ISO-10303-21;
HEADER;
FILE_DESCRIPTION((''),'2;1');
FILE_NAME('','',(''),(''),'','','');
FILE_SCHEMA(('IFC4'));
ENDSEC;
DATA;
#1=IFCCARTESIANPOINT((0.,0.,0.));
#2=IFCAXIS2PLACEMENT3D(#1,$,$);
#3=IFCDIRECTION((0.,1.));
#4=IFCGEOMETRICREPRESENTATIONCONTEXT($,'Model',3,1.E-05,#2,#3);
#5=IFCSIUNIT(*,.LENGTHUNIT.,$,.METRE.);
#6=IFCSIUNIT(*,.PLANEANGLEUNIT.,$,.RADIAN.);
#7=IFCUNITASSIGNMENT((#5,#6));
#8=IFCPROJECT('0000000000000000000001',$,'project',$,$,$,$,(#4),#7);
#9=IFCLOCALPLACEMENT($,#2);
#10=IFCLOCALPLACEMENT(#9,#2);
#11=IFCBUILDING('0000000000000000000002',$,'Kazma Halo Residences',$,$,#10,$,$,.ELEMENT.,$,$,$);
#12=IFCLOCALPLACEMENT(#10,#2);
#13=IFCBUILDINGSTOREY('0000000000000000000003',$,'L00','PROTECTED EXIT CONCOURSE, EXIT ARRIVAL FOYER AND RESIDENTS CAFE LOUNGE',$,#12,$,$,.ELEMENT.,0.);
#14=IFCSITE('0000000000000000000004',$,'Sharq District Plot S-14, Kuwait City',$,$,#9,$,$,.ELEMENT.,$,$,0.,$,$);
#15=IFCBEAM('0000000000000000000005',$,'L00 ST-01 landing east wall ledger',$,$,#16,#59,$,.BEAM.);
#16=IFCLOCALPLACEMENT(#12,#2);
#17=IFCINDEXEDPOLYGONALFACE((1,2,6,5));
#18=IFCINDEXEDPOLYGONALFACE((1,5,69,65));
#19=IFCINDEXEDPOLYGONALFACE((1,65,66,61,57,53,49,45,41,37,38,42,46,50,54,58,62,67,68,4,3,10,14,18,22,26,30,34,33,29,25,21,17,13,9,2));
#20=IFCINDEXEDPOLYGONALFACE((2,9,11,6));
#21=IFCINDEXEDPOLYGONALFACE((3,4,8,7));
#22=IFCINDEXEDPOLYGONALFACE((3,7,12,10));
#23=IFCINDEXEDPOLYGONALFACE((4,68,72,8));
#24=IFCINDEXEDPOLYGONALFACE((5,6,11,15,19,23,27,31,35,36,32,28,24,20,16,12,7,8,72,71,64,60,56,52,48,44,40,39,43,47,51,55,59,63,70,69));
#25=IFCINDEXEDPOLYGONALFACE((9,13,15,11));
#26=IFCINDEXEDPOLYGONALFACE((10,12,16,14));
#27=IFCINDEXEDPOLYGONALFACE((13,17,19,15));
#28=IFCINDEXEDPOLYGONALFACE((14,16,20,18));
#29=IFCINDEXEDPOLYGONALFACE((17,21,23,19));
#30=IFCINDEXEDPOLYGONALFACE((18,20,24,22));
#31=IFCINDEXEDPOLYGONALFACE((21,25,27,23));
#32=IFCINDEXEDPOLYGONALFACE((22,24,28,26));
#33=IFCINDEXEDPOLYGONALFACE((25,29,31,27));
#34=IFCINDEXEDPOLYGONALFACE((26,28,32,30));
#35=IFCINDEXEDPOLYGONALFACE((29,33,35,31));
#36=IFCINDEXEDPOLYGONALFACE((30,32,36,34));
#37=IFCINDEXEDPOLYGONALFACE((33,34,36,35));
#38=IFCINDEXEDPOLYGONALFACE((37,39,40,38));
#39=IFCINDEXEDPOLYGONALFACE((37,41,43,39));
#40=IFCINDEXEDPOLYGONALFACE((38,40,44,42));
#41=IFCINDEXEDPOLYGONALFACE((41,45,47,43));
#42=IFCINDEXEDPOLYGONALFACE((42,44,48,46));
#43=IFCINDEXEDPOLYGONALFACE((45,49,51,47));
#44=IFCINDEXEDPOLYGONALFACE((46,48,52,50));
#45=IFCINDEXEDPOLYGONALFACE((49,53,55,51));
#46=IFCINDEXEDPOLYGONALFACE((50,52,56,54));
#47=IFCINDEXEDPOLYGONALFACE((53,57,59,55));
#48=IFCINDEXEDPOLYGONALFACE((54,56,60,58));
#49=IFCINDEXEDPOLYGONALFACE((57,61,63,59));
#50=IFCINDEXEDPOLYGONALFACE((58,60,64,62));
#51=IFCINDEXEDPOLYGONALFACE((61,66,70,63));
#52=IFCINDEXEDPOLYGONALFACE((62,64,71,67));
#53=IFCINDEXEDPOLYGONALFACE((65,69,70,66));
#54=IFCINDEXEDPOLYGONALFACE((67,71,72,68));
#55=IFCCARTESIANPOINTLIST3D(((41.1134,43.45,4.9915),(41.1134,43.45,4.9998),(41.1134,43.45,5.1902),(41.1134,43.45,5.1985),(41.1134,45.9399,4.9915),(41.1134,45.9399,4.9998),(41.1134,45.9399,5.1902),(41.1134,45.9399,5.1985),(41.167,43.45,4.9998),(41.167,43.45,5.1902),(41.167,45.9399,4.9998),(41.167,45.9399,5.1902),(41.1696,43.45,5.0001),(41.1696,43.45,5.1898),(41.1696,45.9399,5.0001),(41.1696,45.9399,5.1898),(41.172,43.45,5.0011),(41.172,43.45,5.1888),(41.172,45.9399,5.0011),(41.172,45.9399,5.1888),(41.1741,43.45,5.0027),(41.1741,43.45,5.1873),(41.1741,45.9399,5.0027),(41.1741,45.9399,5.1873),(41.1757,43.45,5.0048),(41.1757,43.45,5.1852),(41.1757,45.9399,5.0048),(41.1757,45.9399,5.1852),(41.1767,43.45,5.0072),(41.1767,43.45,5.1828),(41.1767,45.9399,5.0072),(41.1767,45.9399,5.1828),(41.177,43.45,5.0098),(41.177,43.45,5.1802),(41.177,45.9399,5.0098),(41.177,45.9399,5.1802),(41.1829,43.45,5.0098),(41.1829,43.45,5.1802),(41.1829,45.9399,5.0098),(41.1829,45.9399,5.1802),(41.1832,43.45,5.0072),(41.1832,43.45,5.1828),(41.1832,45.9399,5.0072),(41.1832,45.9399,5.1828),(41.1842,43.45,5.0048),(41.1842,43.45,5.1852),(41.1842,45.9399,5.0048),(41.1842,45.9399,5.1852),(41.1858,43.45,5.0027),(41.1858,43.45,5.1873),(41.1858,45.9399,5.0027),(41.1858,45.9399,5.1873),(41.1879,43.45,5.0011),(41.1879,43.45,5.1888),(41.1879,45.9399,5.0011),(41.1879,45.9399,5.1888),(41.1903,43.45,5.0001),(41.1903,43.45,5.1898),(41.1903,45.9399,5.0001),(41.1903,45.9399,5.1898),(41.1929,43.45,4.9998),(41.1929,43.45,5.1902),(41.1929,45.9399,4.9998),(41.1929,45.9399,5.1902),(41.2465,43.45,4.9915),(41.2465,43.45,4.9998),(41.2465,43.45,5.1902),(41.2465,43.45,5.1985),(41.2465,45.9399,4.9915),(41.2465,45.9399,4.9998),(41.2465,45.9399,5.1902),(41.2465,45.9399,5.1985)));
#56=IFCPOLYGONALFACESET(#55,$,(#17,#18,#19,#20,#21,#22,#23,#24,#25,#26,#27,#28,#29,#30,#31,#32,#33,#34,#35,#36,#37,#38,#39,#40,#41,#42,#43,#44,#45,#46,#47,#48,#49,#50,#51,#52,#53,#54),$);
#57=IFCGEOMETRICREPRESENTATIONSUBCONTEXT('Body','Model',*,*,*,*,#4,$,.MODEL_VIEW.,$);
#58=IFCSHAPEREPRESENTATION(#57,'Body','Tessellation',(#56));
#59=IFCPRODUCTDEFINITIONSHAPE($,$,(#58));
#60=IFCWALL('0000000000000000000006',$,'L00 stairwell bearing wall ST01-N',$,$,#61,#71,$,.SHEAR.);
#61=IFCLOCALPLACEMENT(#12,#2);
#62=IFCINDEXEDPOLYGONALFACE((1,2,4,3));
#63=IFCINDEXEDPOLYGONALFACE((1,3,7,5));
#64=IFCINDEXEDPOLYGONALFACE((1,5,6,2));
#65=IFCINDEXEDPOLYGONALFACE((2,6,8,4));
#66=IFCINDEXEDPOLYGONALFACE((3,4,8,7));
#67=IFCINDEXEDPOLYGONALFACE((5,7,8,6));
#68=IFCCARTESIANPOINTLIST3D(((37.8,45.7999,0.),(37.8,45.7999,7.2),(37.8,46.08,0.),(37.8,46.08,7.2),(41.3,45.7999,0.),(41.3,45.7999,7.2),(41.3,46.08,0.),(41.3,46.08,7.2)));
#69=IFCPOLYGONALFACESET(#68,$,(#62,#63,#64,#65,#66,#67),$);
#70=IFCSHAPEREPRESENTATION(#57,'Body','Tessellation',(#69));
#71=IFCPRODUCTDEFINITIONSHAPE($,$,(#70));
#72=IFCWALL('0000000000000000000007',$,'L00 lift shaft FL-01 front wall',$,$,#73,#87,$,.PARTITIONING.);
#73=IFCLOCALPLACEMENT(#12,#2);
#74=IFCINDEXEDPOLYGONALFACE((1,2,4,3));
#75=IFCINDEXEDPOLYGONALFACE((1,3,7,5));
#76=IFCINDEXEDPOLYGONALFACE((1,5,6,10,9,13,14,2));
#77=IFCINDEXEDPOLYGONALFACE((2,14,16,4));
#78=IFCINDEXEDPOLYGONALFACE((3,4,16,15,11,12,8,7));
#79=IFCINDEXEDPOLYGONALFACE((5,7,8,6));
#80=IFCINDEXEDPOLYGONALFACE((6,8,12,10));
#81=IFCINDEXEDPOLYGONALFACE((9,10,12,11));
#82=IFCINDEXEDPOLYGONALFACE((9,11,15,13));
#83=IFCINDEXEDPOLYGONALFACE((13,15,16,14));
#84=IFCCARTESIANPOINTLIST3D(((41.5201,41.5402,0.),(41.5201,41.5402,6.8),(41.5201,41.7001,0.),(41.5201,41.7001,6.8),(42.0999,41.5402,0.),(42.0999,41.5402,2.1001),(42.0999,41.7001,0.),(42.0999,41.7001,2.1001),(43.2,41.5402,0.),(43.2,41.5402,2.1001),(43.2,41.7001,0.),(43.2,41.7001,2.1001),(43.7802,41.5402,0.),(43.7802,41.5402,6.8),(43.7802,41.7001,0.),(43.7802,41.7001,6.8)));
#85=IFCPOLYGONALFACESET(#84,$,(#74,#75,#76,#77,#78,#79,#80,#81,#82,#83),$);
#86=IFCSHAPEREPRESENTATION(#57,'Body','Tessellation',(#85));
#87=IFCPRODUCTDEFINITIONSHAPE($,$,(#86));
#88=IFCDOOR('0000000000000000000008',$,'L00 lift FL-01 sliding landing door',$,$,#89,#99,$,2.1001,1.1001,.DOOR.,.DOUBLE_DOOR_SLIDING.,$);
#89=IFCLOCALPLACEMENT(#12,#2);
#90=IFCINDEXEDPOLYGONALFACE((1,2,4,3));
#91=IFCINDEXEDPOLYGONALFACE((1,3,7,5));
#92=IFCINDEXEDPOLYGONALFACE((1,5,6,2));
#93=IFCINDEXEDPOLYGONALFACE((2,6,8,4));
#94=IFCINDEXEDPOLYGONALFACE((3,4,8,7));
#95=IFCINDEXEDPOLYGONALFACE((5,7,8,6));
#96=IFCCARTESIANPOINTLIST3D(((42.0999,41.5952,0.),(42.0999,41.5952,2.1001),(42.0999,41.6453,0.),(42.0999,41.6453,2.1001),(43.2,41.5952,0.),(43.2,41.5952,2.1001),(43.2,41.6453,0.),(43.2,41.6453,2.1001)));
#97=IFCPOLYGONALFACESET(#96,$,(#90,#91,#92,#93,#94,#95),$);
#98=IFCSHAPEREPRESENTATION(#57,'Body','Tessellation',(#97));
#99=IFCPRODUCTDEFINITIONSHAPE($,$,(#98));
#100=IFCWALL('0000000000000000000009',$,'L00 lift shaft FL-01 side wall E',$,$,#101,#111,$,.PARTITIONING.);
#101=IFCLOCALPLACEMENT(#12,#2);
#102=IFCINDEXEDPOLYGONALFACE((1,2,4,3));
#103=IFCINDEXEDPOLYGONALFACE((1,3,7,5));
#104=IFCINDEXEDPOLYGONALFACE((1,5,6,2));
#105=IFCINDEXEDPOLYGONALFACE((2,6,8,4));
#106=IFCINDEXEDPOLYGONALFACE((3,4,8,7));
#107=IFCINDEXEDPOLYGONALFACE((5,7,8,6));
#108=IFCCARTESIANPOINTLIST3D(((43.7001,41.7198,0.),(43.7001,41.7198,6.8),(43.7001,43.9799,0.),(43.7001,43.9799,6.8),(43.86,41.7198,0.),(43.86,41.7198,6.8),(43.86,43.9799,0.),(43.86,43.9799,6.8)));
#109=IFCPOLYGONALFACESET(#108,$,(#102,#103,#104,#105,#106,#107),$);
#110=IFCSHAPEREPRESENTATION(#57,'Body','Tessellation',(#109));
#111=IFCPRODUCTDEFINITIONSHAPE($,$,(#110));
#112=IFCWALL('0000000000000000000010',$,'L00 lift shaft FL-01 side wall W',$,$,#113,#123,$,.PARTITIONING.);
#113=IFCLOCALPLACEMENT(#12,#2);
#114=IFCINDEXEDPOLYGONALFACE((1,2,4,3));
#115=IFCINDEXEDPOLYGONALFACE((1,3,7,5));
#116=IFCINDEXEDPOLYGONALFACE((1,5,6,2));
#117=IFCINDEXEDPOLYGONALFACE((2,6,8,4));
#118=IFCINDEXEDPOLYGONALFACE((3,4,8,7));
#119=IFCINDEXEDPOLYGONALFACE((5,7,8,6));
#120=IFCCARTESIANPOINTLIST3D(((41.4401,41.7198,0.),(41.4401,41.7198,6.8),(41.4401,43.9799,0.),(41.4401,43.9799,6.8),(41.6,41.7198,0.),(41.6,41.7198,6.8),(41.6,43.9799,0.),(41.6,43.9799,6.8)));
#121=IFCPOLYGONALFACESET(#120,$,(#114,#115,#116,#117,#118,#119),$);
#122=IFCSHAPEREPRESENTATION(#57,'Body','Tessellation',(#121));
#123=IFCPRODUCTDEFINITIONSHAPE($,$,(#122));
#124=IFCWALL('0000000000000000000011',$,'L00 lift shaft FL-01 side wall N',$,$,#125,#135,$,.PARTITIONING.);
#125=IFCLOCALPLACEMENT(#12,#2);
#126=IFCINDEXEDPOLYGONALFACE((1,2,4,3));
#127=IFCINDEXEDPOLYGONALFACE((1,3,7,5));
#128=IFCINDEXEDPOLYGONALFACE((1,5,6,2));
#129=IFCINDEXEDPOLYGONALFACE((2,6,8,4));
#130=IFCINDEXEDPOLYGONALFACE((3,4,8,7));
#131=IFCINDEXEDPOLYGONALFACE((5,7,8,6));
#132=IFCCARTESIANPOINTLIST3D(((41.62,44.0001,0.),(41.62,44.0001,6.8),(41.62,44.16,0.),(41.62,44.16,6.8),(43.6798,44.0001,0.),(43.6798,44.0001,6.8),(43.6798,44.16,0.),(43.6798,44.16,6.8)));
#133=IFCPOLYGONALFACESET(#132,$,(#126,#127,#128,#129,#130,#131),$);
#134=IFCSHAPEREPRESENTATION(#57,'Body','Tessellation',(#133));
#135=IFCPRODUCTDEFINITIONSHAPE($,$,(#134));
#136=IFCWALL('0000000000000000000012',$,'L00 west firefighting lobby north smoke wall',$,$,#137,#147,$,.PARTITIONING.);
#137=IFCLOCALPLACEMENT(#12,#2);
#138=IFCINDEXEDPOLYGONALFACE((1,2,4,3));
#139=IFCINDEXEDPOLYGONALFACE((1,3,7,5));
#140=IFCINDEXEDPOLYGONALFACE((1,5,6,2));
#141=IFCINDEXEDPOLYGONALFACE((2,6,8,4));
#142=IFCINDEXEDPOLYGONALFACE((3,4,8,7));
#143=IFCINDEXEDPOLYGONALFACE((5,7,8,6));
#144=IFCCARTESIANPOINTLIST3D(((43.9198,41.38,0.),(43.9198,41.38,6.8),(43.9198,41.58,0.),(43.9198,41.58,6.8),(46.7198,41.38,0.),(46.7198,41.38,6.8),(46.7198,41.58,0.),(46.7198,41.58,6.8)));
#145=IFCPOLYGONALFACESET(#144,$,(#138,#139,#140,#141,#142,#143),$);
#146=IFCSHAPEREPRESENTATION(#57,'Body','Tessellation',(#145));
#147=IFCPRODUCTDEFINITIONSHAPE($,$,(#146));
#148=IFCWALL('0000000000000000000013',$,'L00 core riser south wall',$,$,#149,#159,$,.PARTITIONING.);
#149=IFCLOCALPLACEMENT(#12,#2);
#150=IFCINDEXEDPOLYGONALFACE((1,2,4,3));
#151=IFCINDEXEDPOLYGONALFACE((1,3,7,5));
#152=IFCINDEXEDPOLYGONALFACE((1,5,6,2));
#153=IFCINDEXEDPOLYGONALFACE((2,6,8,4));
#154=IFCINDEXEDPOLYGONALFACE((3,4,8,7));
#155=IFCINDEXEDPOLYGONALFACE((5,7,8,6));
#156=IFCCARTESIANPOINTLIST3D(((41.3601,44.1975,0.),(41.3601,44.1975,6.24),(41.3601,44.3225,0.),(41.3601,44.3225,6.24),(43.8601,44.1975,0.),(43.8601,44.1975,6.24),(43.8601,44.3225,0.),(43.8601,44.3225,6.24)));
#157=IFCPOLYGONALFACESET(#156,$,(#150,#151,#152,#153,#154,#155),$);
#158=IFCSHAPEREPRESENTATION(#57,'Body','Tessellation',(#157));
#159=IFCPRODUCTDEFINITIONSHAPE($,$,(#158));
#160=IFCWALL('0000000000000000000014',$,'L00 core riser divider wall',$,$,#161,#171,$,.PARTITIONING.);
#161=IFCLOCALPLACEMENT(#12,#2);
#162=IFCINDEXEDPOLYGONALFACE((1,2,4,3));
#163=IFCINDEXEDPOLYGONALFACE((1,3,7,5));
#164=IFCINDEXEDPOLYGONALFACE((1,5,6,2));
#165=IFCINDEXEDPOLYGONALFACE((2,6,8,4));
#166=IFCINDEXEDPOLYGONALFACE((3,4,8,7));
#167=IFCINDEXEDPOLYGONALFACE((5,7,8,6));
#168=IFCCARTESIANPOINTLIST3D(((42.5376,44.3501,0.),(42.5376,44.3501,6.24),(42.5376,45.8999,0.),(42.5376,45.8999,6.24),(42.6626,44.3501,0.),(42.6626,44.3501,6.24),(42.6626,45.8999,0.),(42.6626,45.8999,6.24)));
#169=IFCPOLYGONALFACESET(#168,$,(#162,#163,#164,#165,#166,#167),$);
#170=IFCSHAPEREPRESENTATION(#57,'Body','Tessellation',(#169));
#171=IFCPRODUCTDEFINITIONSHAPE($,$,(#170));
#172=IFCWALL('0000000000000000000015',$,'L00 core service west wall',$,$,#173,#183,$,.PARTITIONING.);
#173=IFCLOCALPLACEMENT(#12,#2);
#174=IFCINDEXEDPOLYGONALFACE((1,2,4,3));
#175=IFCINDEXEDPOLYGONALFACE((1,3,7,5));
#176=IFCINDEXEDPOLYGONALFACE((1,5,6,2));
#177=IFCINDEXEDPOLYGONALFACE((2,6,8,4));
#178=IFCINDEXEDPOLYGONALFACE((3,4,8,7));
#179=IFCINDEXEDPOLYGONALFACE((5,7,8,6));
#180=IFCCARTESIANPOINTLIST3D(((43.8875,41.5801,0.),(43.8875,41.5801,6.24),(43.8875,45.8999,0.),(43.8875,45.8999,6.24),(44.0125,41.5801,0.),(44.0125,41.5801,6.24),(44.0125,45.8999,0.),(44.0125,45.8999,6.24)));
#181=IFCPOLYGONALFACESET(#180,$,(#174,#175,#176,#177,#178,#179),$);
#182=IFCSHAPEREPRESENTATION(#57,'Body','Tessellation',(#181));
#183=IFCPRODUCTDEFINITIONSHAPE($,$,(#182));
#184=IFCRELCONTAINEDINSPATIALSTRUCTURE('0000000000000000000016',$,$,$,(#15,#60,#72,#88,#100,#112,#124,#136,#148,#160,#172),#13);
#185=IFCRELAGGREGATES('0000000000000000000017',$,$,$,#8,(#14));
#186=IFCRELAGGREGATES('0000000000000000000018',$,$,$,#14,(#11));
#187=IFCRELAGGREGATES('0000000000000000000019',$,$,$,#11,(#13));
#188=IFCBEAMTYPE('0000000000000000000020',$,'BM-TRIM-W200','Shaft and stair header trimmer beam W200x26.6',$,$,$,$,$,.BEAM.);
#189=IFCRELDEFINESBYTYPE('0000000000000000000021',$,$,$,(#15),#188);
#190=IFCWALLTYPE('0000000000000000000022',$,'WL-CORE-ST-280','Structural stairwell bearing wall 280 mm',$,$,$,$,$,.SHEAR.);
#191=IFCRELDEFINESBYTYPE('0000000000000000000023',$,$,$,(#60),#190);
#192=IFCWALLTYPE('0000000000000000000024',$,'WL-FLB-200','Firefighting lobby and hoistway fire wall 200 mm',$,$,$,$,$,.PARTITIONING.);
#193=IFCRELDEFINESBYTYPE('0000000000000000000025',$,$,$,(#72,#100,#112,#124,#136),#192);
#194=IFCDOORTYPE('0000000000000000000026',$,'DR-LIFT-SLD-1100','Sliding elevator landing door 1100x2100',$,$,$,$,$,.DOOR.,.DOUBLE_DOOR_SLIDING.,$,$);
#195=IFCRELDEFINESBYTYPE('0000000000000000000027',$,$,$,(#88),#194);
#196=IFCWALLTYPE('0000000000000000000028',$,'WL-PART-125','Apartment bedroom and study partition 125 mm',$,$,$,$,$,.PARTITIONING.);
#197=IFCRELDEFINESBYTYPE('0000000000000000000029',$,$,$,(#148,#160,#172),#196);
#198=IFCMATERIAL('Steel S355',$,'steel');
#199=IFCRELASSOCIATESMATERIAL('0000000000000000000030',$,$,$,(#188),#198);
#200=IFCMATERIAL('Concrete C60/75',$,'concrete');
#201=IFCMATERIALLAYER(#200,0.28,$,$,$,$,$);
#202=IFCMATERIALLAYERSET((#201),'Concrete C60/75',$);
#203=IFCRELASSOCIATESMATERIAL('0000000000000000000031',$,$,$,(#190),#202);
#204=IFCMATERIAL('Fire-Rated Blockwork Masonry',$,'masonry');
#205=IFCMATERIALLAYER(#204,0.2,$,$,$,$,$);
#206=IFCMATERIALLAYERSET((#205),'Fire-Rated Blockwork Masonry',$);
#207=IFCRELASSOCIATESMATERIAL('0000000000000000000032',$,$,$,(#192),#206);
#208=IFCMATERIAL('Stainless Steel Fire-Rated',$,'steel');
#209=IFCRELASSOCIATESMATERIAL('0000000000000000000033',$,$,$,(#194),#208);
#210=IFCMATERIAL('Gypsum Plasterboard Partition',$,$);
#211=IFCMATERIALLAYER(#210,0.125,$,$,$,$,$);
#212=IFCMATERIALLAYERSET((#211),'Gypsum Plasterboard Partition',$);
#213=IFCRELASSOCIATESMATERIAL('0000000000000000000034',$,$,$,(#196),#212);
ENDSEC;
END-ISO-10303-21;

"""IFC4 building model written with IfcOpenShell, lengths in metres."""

from ifc_helpers import new_model, si_unit, direction, frame, frame_2d, origin, origin_2d, place, context, subcontext, project, spatial, rectangle, i_section, extrude, material, layer, layer_set, material_profile, profile_set, type_object, element, fill, save


model = new_model("IFC4")

# Units and contexts
model_context = context("Model", 3, precision=1e-05, world=origin(), true_north=direction((0.0, 1.0)))
body_context = subcontext(model_context, "Body", "Model", "MODEL_VIEW")
ifc_project = project(units=[si_unit("LENGTHUNIT", "METRE"), si_unit("PLANEANGLEUNIT", "RADIAN")], contexts=[model_context])

# Site, building, storey
site_placement = place(None, origin())
site = spatial("IfcSite", under=ifc_project, at=site_placement, Name="Sharq District Plot S-14, Kuwait City", CompositionType="ELEMENT", RefElevation=0.0)
building_placement = place(site_placement, origin())
building = spatial("IfcBuilding", under=site, at=building_placement, Name="Kazma Halo Residences", CompositionType="ELEMENT")
storey_placement = place(building_placement, origin())
storey = spatial("IfcBuildingStorey", under=building, at=storey_placement, Name="L00", Description="PROTECTED EXIT CONCOURSE, EXIT ARRIVAL FOYER AND RESIDENTS CAFE LOUNGE", CompositionType="ELEMENT", Elevation=0.0)

# Shared definitions
ifc_material_1 = material(Name="Steel S355", Category="steel")

# Beam
ifc_material_profile_1 = material_profile(ifc_material_1, i_section(OverallWidth=0.1331, OverallDepth=0.207, WebThickness=0.0059, FlangeThickness=0.0083, FilletRadius=0.01, at=origin_2d()), Name="W200x26.6")
ifc_profile_set_1 = profile_set([ifc_material_profile_1], Name="Steel S355")
beam_type = type_object("IfcBeamType", Name="BM-TRIM-W200", Description="Shaft and stair header trimmer beam W200x26.6", PredefinedType="BEAM", material=ifc_profile_set_1)
beam_1_placement = place(storey_placement, frame((41.1799, 43.45, 5.095), z_axis=(0.0, 1.0, 0.0), x_axis=(-1.0, 0.0, 0.0)))
element("IfcBeam", 1, at=beam_1_placement, inside=storey, type_object=beam_type, Name="L00 ST-01 landing east wall ledger", PredefinedType="BEAM", context=body_context, shape_type="SweptSolid", body=[
    extrude(i_section(OverallWidth=0.1331, OverallDepth=0.207, WebThickness=0.0059, FlangeThickness=0.0083, FilletRadius=0.01, at=origin_2d()), origin(), (0.0, 0.0, 1.0), 2.49),
])

# Wall
ifc_material_2 = material(Name="Concrete C60/75", Category="concrete")
ifc_layer_1 = layer(ifc_material_2, 0.28)
ifc_layer_set_1 = layer_set([ifc_layer_1], Name="Concrete C60/75")
wall_type_1 = type_object("IfcWallType", Name="WL-CORE-ST-280", Description="Structural stairwell bearing wall 280 mm", PredefinedType="SHEAR", material=ifc_layer_set_1)
wall_1_placement = place(storey_placement, frame((37.8, 45.9399, 0.0), z_axis=(0.0, 0.0, 1.0), x_axis=(1.0, 0.0, 0.0)))
element("IfcWall", 2, at=wall_1_placement, inside=storey, type_object=wall_type_1, Name="L00 stairwell bearing wall ST01-N", PredefinedType="SHEAR", context=body_context, shape_type="SweptSolid", body=[
    extrude(rectangle(XDim=3.5, YDim=0.28, at=frame_2d((1.75, 0.0))), origin(), (0.0, 0.0, 1.0), 7.2),
])

# Wall, opening, door
ifc_material_3 = material(Name="Fire-Rated Blockwork Masonry", Category="masonry")
ifc_layer_2 = layer(ifc_material_3, 0.2)
ifc_layer_set_2 = layer_set([ifc_layer_2], Name="Fire-Rated Blockwork Masonry")
wall_type_2 = type_object("IfcWallType", Name="WL-FLB-200", Description="Firefighting lobby and hoistway fire wall 200 mm", PredefinedType="PARTITIONING", material=ifc_layer_set_2)
wall_2_placement = place(storey_placement, frame((43.78, 41.6201, 0.0), z_axis=(0.0, 0.0, 1.0), x_axis=(-1.0, 0.0, 0.0)))
wall_2 = element("IfcWall", 3, at=wall_2_placement, inside=storey, type_object=wall_type_2, Name="L00 lift shaft FL-01 front wall", PredefinedType="PARTITIONING", context=body_context, shape_type="SweptSolid", body=[
    extrude(rectangle(XDim=2.26, YDim=0.1599, at=frame_2d((1.1299, 0.0))), origin(), (0.0, 0.0, 1.0), 6.8),
])
opening_1_placement = place(wall_2_placement, frame((0.5801, 0.0, 0.0)))
opening_1 = element("IfcOpeningElement", 4, at=opening_1_placement, cuts=wall_2, PredefinedType="OPENING", context=body_context, shape_type="SweptSolid", body=[
    extrude(rectangle(XDim=1.1001, YDim=2.1001, at=frame_2d((0.55, 1.05))), frame((0.0, 0.0898, 0.0), z_axis=(0.0, -1.0, 0.0), x_axis=(1.0, 0.0, 0.0)), (0.0, 0.0, 1.0), 0.1799),
])
ifc_material_4 = material(Name="Stainless Steel Fire-Rated", Category="steel")
door_type_1 = type_object("IfcDoorType", Name="DR-LIFT-SLD-1100", Description="Sliding elevator landing door 1100x2100", OperationType="DOUBLE_DOOR_SLIDING", PredefinedType="DOOR", material=ifc_material_4)
door_1_placement = place(opening_1_placement, origin())
door_1 = element("IfcDoor", 5, at=door_1_placement, inside=storey, type_object=door_type_1, Name="L00 lift FL-01 sliding landing door", OperationType="DOUBLE_DOOR_SLIDING", OverallHeight=2.1001, OverallWidth=1.1001, PredefinedType="DOOR", context=body_context, shape_type="SweptSolid", body=[
    extrude(rectangle(XDim=1.1001, YDim=2.1001, at=frame_2d((0.55, 1.05))), frame((0.0, 0.0249, 0.0), z_axis=(0.0, -1.0, 0.0), x_axis=(1.0, 0.0, 0.0)), (0.0, 0.0, 1.0), 0.05),
])
fill(opening_1, door_1)

# Walls
for number, where, z_axis, x_axis, name in (
    (6, (43.78, 41.72, 0.0), (0.0, 0.0, 1.0), (0.0, 1.0, 0.0), "L00 lift shaft FL-01 side wall E"),
    (7, (41.52, 41.72, 0.0), (0.0, 0.0, 1.0), (0.0, 1.0, 0.0), "L00 lift shaft FL-01 side wall W"),
):
    element("IfcWall", number, at=place(storey_placement, frame(where, z_axis=z_axis, x_axis=x_axis)), inside=storey, type_object=wall_type_2, Name=name, PredefinedType="PARTITIONING", context=body_context, shape_type="SweptSolid", body=[
        extrude(rectangle(XDim=2.26, YDim=0.1599, at=frame_2d((1.1299, 0.0))), origin(), (0.0, 0.0, 1.0), 6.8),
    ])
wall_3_placement = place(storey_placement, frame((41.6201, 44.0801, 0.0), z_axis=(0.0, 0.0, 1.0), x_axis=(1.0, 0.0, 0.0)))
element("IfcWall", 8, at=wall_3_placement, inside=storey, type_object=wall_type_2, Name="L00 lift shaft FL-01 side wall N", PredefinedType="PARTITIONING", context=body_context, shape_type="SweptSolid", body=[
    extrude(rectangle(XDim=2.0598, YDim=0.1599, at=frame_2d((1.0298, 0.0))), origin(), (0.0, 0.0, 1.0), 6.8),
])
wall_4_placement = place(storey_placement, frame((43.9199, 41.48, 0.0), z_axis=(0.0, 0.0, 1.0), x_axis=(1.0, 0.0, 0.0)))
element("IfcWall", 9, at=wall_4_placement, inside=storey, type_object=wall_type_2, Name="L00 west firefighting lobby north smoke wall", PredefinedType="PARTITIONING", context=body_context, shape_type="SweptSolid", body=[
    extrude(rectangle(XDim=2.8, YDim=0.2, at=frame_2d((1.3999, 0.0))), origin(), (0.0, 0.0, 1.0), 6.8),
])
ifc_material_5 = material(Name="Gypsum Plasterboard Partition")
ifc_layer_3 = layer(ifc_material_5, 0.125)
ifc_layer_set_3 = layer_set([ifc_layer_3], Name="Gypsum Plasterboard Partition")
wall_type_3 = type_object("IfcWallType", Name="WL-PART-125", Description="Apartment bedroom and study partition 125 mm", PredefinedType="PARTITIONING", material=ifc_layer_set_3)
wall_5_placement = place(storey_placement, frame((41.3601, 44.26, 0.0), z_axis=(0.0, 0.0, 1.0), x_axis=(1.0, 0.0, 0.0)))
element("IfcWall", 10, at=wall_5_placement, inside=storey, type_object=wall_type_3, Name="L00 core riser south wall", PredefinedType="PARTITIONING", context=body_context, shape_type="SweptSolid", body=[
    extrude(rectangle(XDim=2.5, YDim=0.125, at=frame_2d((1.25, 0.0))), origin(), (0.0, 0.0, 1.0), 6.24),
])
wall_6_placement = place(storey_placement, frame((42.6001, 44.3501, 0.0), z_axis=(0.0, 0.0, 1.0), x_axis=(0.0, 1.0, 0.0)))
element("IfcWall", 11, at=wall_6_placement, inside=storey, type_object=wall_type_3, Name="L00 core riser divider wall", PredefinedType="PARTITIONING", context=body_context, shape_type="SweptSolid", body=[
    extrude(rectangle(XDim=1.5498, YDim=0.125, at=frame_2d((0.7749, 0.0))), origin(), (0.0, 0.0, 1.0), 6.24),
])
wall_7_placement = place(storey_placement, frame((43.95, 41.5801, 0.0), z_axis=(0.0, 0.0, 1.0), x_axis=(0.0, 1.0, 0.0)))
element("IfcWall", 12, at=wall_7_placement, inside=storey, type_object=wall_type_3, Name="L00 core service west wall", PredefinedType="PARTITIONING", context=body_context, shape_type="SweptSolid", body=[
    extrude(rectangle(XDim=4.3198, YDim=0.125, at=frame_2d((2.1599, 0.0))), origin(), (0.0, 0.0, 1.0), 6.24),
])

save(model, "model.ifc")
